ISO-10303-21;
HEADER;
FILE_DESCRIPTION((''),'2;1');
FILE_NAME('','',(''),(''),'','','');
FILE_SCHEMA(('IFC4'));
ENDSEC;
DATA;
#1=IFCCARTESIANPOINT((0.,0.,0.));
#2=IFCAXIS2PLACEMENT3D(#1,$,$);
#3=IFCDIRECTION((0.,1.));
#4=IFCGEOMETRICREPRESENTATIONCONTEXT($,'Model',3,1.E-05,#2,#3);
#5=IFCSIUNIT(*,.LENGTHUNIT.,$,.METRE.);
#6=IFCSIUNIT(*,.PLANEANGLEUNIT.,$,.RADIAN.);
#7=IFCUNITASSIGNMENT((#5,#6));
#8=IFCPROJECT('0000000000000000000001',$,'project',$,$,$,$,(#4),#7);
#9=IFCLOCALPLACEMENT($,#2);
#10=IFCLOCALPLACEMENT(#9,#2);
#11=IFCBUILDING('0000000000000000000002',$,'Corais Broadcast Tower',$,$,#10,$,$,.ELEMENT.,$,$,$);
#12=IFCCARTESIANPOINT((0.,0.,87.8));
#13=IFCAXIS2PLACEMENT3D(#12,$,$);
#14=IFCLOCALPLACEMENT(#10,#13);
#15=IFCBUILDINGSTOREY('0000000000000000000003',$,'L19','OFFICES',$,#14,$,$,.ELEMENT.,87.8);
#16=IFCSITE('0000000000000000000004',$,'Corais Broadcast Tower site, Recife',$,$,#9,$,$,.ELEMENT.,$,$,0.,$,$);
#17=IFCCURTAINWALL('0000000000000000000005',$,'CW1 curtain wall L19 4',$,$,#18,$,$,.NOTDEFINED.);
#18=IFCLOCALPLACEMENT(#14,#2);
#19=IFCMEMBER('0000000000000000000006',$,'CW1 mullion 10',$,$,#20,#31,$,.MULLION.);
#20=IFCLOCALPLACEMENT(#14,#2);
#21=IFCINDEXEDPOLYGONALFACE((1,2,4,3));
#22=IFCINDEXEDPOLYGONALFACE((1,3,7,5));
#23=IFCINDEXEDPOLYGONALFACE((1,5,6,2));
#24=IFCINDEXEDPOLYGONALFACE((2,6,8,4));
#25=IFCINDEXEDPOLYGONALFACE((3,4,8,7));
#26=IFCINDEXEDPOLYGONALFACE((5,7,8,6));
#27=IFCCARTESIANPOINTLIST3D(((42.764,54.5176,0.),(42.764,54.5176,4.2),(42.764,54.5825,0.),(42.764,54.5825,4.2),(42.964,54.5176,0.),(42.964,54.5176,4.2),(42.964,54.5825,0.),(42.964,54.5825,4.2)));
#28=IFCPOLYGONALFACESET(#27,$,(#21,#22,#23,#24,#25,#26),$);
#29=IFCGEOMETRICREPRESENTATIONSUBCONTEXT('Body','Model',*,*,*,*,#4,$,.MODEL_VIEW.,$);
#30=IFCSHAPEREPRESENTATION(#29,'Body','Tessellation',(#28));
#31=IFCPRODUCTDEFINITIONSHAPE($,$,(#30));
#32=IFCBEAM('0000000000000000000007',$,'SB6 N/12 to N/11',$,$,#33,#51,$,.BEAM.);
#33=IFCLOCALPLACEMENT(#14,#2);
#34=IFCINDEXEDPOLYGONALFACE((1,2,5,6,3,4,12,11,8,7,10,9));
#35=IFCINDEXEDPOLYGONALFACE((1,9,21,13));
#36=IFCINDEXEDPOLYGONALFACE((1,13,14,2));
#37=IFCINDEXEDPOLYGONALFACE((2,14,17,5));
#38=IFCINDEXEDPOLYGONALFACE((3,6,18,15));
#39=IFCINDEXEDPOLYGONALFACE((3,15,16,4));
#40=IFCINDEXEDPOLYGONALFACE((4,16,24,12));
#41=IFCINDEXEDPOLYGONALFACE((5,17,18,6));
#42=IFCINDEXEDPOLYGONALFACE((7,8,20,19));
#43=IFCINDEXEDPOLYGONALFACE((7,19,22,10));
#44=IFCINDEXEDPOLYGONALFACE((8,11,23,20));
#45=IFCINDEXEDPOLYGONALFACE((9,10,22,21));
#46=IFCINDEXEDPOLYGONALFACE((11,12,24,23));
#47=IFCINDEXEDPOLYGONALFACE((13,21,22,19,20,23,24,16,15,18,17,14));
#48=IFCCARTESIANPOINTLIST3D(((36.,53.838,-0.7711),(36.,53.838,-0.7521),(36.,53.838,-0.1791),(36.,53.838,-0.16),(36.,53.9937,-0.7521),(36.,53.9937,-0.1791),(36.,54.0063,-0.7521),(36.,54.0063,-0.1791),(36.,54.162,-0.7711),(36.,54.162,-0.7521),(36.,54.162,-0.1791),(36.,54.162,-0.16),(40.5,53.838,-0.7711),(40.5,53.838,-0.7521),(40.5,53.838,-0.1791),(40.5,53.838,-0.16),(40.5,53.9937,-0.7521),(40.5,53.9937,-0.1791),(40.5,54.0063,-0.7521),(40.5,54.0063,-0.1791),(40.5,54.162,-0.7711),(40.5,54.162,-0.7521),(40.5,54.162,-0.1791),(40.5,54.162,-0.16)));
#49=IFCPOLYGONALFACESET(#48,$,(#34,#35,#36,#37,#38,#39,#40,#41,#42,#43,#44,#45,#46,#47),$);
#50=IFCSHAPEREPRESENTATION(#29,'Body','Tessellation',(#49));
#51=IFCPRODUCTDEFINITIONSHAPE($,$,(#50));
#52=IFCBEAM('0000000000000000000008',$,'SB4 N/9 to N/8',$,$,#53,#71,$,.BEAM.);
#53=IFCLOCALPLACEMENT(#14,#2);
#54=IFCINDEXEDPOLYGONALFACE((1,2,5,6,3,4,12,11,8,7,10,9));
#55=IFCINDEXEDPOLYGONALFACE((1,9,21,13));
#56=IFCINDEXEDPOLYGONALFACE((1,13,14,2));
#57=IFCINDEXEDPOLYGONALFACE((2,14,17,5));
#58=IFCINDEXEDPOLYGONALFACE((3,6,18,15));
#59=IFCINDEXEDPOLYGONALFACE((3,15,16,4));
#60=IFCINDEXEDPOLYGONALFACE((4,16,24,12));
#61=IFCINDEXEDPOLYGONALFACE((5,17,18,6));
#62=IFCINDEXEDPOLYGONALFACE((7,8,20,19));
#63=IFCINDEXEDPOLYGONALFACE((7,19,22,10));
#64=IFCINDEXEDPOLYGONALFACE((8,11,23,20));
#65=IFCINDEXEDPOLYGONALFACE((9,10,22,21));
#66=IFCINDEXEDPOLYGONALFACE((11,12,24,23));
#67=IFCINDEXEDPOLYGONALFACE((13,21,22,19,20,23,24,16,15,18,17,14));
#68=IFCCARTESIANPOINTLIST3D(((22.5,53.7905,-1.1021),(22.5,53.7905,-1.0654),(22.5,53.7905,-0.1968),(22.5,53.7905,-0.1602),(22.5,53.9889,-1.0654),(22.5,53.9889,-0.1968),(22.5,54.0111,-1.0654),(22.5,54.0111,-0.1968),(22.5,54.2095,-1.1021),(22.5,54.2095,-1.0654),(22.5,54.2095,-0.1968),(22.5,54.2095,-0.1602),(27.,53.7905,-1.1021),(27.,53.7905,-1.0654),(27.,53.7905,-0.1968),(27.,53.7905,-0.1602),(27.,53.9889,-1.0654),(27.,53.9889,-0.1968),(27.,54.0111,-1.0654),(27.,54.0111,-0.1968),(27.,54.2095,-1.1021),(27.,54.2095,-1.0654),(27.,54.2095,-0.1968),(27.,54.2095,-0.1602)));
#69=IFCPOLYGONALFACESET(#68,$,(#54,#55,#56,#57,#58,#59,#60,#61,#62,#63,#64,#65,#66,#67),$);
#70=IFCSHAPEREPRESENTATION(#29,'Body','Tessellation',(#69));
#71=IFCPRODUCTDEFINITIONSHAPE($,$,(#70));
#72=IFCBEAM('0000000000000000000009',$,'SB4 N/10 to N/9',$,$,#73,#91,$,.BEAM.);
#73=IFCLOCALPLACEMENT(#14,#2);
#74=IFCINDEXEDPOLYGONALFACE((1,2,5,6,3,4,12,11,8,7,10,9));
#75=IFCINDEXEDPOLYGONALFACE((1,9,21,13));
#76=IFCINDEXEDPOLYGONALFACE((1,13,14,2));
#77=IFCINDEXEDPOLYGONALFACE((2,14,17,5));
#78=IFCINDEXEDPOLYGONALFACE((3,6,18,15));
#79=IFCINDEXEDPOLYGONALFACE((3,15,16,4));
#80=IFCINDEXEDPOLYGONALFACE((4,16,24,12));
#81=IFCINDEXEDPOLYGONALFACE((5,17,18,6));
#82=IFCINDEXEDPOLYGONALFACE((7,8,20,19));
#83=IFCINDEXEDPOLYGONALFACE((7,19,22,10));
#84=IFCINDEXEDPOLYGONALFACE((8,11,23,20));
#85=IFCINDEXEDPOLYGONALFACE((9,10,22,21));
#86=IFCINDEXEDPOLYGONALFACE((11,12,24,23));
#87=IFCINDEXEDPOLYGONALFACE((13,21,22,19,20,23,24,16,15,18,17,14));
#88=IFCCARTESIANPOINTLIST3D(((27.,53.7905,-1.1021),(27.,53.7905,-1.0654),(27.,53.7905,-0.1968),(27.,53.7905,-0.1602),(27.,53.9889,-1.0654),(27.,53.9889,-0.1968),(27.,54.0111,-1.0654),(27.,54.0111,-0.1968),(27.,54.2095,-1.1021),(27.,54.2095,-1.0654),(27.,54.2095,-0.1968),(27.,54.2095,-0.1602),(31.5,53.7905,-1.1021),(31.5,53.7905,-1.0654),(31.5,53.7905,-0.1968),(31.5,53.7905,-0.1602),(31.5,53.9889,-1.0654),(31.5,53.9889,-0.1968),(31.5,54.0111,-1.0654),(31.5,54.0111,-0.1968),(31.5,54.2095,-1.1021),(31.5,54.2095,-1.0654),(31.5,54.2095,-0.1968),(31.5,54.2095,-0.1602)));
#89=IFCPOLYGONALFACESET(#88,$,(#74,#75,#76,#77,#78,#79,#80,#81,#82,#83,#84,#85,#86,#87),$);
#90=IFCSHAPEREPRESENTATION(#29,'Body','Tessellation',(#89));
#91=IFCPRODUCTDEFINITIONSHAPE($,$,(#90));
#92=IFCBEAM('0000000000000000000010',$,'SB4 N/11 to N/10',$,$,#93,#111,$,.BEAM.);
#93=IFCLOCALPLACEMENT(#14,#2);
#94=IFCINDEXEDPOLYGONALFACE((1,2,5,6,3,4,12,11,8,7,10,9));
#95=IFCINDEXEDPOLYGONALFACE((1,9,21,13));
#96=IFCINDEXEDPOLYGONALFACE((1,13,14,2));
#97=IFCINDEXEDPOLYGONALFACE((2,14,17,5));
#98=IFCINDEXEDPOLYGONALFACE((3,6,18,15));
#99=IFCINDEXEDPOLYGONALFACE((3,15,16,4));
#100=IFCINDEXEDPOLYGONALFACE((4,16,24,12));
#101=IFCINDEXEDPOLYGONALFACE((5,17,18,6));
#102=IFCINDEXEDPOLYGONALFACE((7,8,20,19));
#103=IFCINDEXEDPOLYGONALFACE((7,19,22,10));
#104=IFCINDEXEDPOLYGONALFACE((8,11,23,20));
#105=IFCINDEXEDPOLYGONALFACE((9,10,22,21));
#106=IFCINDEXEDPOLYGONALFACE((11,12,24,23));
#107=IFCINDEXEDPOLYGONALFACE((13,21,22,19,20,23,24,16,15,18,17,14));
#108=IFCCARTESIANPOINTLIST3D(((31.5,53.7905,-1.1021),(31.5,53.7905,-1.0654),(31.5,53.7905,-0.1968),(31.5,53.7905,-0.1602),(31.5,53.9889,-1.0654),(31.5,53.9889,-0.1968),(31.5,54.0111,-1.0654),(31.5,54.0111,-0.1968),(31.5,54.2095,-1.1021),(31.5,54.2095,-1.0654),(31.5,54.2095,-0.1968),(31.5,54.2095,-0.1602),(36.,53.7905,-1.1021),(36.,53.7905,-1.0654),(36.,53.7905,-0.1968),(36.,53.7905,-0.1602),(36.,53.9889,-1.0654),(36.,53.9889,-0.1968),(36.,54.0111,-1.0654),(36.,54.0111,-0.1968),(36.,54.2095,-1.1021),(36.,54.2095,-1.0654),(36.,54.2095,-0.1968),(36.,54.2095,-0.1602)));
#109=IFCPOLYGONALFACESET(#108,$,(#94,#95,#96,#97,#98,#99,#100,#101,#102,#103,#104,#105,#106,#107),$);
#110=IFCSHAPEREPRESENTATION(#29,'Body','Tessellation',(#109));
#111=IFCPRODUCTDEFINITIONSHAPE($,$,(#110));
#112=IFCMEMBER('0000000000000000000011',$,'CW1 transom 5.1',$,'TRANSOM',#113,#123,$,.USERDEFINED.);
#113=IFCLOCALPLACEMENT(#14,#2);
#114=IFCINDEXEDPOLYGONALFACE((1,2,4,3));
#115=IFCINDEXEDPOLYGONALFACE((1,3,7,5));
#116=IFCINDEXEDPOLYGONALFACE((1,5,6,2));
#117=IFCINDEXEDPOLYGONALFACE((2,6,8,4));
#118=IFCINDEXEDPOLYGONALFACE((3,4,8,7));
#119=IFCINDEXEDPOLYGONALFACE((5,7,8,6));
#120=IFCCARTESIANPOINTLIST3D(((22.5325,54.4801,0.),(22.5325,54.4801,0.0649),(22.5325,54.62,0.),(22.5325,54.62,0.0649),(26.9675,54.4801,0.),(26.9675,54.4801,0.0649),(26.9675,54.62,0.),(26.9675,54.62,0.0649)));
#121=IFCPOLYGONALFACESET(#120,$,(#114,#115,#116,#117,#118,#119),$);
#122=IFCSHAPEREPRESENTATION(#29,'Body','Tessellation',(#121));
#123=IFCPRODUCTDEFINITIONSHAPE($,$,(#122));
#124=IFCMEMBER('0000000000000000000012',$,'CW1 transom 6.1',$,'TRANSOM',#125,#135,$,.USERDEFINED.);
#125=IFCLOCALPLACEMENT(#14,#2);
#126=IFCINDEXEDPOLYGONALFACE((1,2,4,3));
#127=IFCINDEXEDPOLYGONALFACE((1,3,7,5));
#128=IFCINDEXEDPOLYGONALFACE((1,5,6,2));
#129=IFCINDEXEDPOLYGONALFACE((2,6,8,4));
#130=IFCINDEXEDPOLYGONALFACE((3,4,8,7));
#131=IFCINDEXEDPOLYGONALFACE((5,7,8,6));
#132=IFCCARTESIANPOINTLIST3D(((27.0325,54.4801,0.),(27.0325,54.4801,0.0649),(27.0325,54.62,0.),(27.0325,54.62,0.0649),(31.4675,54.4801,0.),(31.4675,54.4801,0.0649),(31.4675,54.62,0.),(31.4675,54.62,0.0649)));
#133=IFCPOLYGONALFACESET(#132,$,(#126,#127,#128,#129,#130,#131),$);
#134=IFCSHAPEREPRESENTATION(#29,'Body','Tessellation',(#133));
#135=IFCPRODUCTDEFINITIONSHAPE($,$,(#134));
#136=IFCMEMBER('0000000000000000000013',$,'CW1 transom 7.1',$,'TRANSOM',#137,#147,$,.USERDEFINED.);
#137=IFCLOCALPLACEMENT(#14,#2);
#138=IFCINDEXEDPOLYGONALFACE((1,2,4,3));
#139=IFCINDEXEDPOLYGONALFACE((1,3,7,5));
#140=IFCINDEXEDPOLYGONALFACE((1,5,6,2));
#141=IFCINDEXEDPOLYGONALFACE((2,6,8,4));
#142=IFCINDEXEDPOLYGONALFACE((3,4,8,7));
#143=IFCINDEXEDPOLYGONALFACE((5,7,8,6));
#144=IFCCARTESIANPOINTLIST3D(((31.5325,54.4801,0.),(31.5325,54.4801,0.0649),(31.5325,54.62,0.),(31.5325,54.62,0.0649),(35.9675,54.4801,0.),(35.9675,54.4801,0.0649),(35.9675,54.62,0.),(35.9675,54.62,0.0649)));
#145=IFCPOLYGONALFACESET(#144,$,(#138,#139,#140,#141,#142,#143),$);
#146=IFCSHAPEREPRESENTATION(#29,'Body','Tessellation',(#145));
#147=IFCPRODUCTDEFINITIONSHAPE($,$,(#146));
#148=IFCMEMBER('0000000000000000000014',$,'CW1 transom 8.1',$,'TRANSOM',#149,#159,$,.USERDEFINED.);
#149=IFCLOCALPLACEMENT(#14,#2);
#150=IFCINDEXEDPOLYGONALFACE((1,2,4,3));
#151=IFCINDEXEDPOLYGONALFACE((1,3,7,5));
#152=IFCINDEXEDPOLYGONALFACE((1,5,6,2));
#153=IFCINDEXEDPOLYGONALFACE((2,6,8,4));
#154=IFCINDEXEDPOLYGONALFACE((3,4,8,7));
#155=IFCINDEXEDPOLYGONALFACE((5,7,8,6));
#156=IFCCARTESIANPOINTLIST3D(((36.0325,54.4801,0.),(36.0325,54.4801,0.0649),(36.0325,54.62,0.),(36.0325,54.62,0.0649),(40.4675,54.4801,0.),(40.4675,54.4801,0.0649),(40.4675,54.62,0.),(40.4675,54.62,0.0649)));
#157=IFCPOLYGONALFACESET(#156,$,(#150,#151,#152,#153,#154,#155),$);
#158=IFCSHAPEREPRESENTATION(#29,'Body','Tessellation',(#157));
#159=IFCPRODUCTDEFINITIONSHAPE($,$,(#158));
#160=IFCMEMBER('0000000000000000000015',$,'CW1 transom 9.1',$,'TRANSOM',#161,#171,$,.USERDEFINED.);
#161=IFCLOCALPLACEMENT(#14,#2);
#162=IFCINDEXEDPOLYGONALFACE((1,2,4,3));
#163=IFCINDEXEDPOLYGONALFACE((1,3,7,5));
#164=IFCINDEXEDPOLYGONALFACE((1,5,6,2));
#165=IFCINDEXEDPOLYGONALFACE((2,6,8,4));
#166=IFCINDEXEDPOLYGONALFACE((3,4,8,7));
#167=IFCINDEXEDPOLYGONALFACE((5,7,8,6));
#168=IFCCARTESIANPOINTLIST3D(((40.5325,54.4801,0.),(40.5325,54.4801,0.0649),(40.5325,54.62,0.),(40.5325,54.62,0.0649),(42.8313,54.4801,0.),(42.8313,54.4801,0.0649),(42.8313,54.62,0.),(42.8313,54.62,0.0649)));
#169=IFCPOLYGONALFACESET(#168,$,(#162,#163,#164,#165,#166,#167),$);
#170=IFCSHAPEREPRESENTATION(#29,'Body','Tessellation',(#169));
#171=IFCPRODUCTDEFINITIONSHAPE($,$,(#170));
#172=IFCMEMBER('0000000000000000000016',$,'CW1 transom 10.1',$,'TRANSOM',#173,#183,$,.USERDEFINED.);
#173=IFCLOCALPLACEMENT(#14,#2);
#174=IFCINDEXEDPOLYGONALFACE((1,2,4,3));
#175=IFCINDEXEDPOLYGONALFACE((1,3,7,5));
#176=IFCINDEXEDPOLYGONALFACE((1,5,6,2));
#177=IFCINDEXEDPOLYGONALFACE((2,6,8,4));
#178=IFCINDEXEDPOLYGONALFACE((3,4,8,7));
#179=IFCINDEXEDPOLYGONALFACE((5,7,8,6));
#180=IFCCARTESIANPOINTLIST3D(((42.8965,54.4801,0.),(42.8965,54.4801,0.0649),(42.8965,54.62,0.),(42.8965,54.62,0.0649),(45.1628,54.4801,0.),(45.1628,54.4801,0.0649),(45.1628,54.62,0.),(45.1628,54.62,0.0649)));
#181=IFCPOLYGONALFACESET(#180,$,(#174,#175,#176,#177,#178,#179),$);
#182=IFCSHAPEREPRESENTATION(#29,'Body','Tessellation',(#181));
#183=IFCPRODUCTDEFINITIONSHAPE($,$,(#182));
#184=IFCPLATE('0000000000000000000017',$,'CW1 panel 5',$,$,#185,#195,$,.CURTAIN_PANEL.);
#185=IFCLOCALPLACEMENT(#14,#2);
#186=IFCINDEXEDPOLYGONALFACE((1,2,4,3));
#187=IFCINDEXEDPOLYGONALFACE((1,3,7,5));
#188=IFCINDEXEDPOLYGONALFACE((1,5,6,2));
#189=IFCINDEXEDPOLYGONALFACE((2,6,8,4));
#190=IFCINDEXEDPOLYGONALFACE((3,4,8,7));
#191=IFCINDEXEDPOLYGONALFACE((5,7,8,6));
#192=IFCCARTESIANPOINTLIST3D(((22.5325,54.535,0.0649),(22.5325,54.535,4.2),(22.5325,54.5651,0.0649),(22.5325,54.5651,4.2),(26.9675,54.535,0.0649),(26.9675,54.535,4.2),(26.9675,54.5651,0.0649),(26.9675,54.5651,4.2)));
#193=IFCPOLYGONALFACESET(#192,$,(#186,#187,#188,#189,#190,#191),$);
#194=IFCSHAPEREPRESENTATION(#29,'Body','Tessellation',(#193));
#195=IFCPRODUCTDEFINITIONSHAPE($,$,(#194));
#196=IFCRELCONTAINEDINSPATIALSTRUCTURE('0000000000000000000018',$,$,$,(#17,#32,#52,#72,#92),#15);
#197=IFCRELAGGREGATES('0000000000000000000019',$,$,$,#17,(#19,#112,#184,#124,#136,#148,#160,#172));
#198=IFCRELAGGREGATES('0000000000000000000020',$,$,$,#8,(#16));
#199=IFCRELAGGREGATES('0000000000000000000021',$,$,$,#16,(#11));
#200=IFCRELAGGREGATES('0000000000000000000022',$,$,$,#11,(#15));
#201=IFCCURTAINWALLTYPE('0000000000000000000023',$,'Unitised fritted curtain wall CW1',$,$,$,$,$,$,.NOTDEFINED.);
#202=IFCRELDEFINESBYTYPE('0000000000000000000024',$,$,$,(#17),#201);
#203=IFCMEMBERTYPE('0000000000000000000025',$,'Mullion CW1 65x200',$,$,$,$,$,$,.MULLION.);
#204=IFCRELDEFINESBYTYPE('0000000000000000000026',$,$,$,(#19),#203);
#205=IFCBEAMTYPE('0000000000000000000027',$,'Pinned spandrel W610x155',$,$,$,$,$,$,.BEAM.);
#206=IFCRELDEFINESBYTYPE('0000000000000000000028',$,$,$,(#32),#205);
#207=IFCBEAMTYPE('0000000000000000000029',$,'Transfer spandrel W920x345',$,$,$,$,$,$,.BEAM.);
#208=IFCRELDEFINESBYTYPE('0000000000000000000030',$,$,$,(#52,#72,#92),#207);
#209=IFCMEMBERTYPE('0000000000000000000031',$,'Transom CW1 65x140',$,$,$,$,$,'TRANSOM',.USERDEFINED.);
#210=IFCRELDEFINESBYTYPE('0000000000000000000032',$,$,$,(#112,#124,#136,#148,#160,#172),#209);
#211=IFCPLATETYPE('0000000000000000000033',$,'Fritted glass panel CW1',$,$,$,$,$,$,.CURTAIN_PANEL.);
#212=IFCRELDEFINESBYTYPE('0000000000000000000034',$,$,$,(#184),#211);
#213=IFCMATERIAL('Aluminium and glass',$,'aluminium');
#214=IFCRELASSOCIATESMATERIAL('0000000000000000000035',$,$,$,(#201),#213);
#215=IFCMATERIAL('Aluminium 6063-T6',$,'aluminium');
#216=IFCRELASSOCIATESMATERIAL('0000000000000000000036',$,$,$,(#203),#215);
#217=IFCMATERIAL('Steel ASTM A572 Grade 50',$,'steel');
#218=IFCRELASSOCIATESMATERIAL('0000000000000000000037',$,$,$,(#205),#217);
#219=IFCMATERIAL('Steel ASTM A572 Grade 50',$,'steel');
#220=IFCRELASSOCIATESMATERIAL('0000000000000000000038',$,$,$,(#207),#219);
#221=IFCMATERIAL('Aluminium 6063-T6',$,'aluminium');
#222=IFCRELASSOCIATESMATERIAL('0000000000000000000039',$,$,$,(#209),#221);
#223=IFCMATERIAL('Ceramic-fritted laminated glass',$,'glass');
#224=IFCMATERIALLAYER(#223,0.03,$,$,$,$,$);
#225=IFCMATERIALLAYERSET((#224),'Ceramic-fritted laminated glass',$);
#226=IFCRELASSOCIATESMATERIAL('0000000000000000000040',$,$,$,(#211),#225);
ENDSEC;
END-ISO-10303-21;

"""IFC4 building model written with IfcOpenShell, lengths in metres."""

from ifc_helpers import new_model, si_unit, direction, frame, origin, origin_2d, place, context, subcontext, project, spatial, rectangle, i_section, extrude, material, layer, layer_set, material_profile, profile_set, type_object, element, aggregate, save


model = new_model("IFC4")

# Units and contexts
model_context = context("Model", 3, precision=1e-05, world=origin(), true_north=direction((0.0, 1.0)))
body_context = subcontext(model_context, "Body", "Model", "MODEL_VIEW")
ifc_project = project(units=[si_unit("LENGTHUNIT", "METRE"), si_unit("PLANEANGLEUNIT", "RADIAN")], contexts=[model_context])

# Site, building, storey
site_placement = place(None, origin())
site = spatial("IfcSite", under=ifc_project, at=site_placement, Name="Corais Broadcast Tower site, Recife", CompositionType="ELEMENT", RefElevation=0.0)
building_placement = place(site_placement, origin())
building = spatial("IfcBuilding", under=site, at=building_placement, Name="Corais Broadcast Tower", CompositionType="ELEMENT")
storey_placement = place(building_placement, frame((0.0, 0.0, 87.8)))
storey = spatial("IfcBuildingStorey", under=building, at=storey_placement, Name="L19", Description="OFFICES", CompositionType="ELEMENT", Elevation=87.8)

# Curtain wall, member
ifc_material_1 = material(Name="Aluminium and glass", Category="aluminium")
curtain_wall_type = type_object("IfcCurtainWallType", Name="Unitised fritted curtain wall CW1", PredefinedType="NOTDEFINED", material=ifc_material_1)
curtain_wall_placement = place(storey_placement, origin())
curtain_wall = element("IfcCurtainWall", 1, at=curtain_wall_placement, inside=storey, type_object=curtain_wall_type, Name="CW1 curtain wall L19 4", PredefinedType="NOTDEFINED")
ifc_material_2 = material(Name="Aluminium 6063-T6", Category="aluminium")
ifc_material_profile_1 = material_profile(ifc_material_2, rectangle(XDim=0.0649, YDim=0.2, at=origin_2d()), Name="Mullion CW1 65x200")
ifc_profile_set_1 = profile_set([ifc_material_profile_1], Name="Aluminium 6063-T6")
member_type_1 = type_object("IfcMemberType", Name="Mullion CW1 65x200", PredefinedType="MULLION", material=ifc_profile_set_1)
member_1_placement = place(storey_placement, frame((42.864, 54.55, 0.0), z_axis=(0.0, 0.0, 1.0), x_axis=(0.0, 1.0, 0.0)))
member_1 = element("IfcMember", 2, at=member_1_placement, type_object=member_type_1, Name="CW1 mullion 10", PredefinedType="MULLION", context=body_context, shape_type="SweptSolid", body=[
    extrude(rectangle(XDim=0.0649, YDim=0.2, at=origin_2d()), origin(), (0.0, 0.0, 1.0), 4.2),
])

# Beams
ifc_material_3 = material(Name="Steel ASTM A572 Grade 50", Category="steel")
ifc_material_profile_2 = material_profile(ifc_material_3, i_section(OverallWidth=0.324, OverallDepth=0.6111, WebThickness=0.0127, FlangeThickness=0.019, at=origin_2d()), Name="W610x155")
ifc_profile_set_2 = profile_set([ifc_material_profile_2], Name="Steel ASTM A572 Grade 50")
beam_type_1 = type_object("IfcBeamType", Name="Pinned spandrel W610x155", PredefinedType="BEAM", material=ifc_profile_set_2)
beam_placement = place(storey_placement, frame((40.5, 54.0, -0.4656), z_axis=(-1.0, 0.0, 0.0), x_axis=(0.0, -1.0, 0.0)))
element("IfcBeam", 3, at=beam_placement, inside=storey, type_object=beam_type_1, Name="SB6 N/12 to N/11", PredefinedType="BEAM", context=body_context, shape_type="SweptSolid", body=[
    extrude(i_section(OverallWidth=0.324, OverallDepth=0.6111, WebThickness=0.0127, FlangeThickness=0.019, at=origin_2d()), origin(), (0.0, 0.0, 1.0), 4.5),
])
ifc_material_4 = material(Name="Steel ASTM A572 Grade 50", Category="steel")
ifc_material_profile_3 = material_profile(ifc_material_4, i_section(OverallWidth=0.4189, OverallDepth=0.9419, WebThickness=0.0222, FlangeThickness=0.0366, at=origin_2d()), Name="W920x345")
ifc_profile_set_3 = profile_set([ifc_material_profile_3], Name="Steel ASTM A572 Grade 50")
beam_type_2 = type_object("IfcBeamType", Name="Transfer spandrel W920x345", PredefinedType="BEAM", material=ifc_profile_set_3)
for number, where, z_axis, x_axis, name in (
    (4, (27.0, 54.0, -0.6311), (-1.0, 0.0, 0.0), (0.0, -1.0, 0.0), "SB4 N/9 to N/8"),
    (5, (31.5, 54.0, -0.6311), (-1.0, 0.0, 0.0), (0.0, -1.0, 0.0), "SB4 N/10 to N/9"),
    (6, (36.0, 54.0, -0.6311), (-1.0, 0.0, 0.0), (0.0, -1.0, 0.0), "SB4 N/11 to N/10"),
):
    element("IfcBeam", number, at=place(storey_placement, frame(where, z_axis=z_axis, x_axis=x_axis)), inside=storey, type_object=beam_type_2, Name=name, PredefinedType="BEAM", context=body_context, shape_type="SweptSolid", body=[
        extrude(i_section(OverallWidth=0.4189, OverallDepth=0.9419, WebThickness=0.0222, FlangeThickness=0.0366, at=origin_2d()), origin(), (0.0, 0.0, 1.0), 4.5),
    ])

# Members
ifc_material_5 = material(Name="Aluminium 6063-T6", Category="aluminium")
ifc_material_profile_4 = material_profile(ifc_material_5, rectangle(XDim=0.1399, YDim=0.0649, at=origin_2d()), Name="Transom CW1 65x140")
ifc_profile_set_4 = profile_set([ifc_material_profile_4], Name="Aluminium 6063-T6")
member_type_2 = type_object("IfcMemberType", Name="Transom CW1 65x140", ElementType="TRANSOM", PredefinedType="USERDEFINED", material=ifc_profile_set_4)
member_2_placement = place(storey_placement, frame((22.5325, 54.55, 0.0325), z_axis=(1.0, 0.0, 0.0), x_axis=(0.0, 1.0, 0.0)))
member_2 = element("IfcMember", 7, at=member_2_placement, type_object=member_type_2, Name="CW1 transom 5.1", ObjectType="TRANSOM", PredefinedType="USERDEFINED", context=body_context, shape_type="SweptSolid", body=[
    extrude(rectangle(XDim=0.1399, YDim=0.0649, at=origin_2d()), origin(), (0.0, 0.0, 1.0), 4.4351),
])
member_3_placement = place(storey_placement, frame((27.0325, 54.55, 0.0325), z_axis=(1.0, 0.0, 0.0), x_axis=(0.0, 1.0, 0.0)))
member_3 = element("IfcMember", 8, at=member_3_placement, type_object=member_type_2, Name="CW1 transom 6.1", ObjectType="TRANSOM", PredefinedType="USERDEFINED", context=body_context, shape_type="SweptSolid", body=[
    extrude(rectangle(XDim=0.1399, YDim=0.0649, at=origin_2d()), origin(), (0.0, 0.0, 1.0), 4.4351),
])
member_4_placement = place(storey_placement, frame((31.5325, 54.55, 0.0325), z_axis=(1.0, 0.0, 0.0), x_axis=(0.0, 1.0, 0.0)))
member_4 = element("IfcMember", 9, at=member_4_placement, type_object=member_type_2, Name="CW1 transom 7.1", ObjectType="TRANSOM", PredefinedType="USERDEFINED", context=body_context, shape_type="SweptSolid", body=[
    extrude(rectangle(XDim=0.1399, YDim=0.0649, at=origin_2d()), origin(), (0.0, 0.0, 1.0), 4.4351),
])
member_5_placement = place(storey_placement, frame((36.0325, 54.55, 0.0325), z_axis=(1.0, 0.0, 0.0), x_axis=(0.0, 1.0, 0.0)))
member_5 = element("IfcMember", 10, at=member_5_placement, type_object=member_type_2, Name="CW1 transom 8.1", ObjectType="TRANSOM", PredefinedType="USERDEFINED", context=body_context, shape_type="SweptSolid", body=[
    extrude(rectangle(XDim=0.1399, YDim=0.0649, at=origin_2d()), origin(), (0.0, 0.0, 1.0), 4.4351),
])
member_6_placement = place(storey_placement, frame((40.5325, 54.55, 0.0325), z_axis=(1.0, 0.0, 0.0), x_axis=(0.0, 1.0, 0.0)))
member_6 = element("IfcMember", 11, at=member_6_placement, type_object=member_type_2, Name="CW1 transom 9.1", ObjectType="TRANSOM", PredefinedType="USERDEFINED", context=body_context, shape_type="SweptSolid", body=[
    extrude(rectangle(XDim=0.1399, YDim=0.0649, at=origin_2d()), origin(), (0.0, 0.0, 1.0), 2.2988),
])
member_7_placement = place(storey_placement, frame((42.8965, 54.55, 0.0325), z_axis=(1.0, 0.0, 0.0), x_axis=(0.0, 1.0, 0.0)))
member_7 = element("IfcMember", 12, at=member_7_placement, type_object=member_type_2, Name="CW1 transom 10.1", ObjectType="TRANSOM", PredefinedType="USERDEFINED", context=body_context, shape_type="SweptSolid", body=[
    extrude(rectangle(XDim=0.1399, YDim=0.0649, at=origin_2d()), origin(), (0.0, 0.0, 1.0), 2.2664),
])

# Plate
ifc_material_6 = material(Name="Ceramic-fritted laminated glass", Category="glass")
ifc_layer_1 = layer(ifc_material_6, 0.03)
ifc_layer_set_1 = layer_set([ifc_layer_1], Name="Ceramic-fritted laminated glass")
plate_type_1 = type_object("IfcPlateType", Name="Fritted glass panel CW1", PredefinedType="CURTAIN_PANEL", material=ifc_layer_set_1)
plate_1_placement = place(storey_placement, frame((24.75, 54.55, 0.0649), z_axis=(0.0, 0.0, 1.0), x_axis=(1.0, 0.0, 0.0)))
plate_1 = element("IfcPlate", 13, at=plate_1_placement, type_object=plate_type_1, Name="CW1 panel 5", PredefinedType="CURTAIN_PANEL", context=body_context, shape_type="SweptSolid", body=[
    extrude(rectangle(XDim=4.4351, YDim=0.03, at=origin_2d()), origin(), (0.0, 0.0, 1.0), 4.135),
])
aggregate(curtain_wall, [member_1, member_2, plate_1, member_3, member_4, member_5, member_6, member_7])

save(model, "model.ifc")
